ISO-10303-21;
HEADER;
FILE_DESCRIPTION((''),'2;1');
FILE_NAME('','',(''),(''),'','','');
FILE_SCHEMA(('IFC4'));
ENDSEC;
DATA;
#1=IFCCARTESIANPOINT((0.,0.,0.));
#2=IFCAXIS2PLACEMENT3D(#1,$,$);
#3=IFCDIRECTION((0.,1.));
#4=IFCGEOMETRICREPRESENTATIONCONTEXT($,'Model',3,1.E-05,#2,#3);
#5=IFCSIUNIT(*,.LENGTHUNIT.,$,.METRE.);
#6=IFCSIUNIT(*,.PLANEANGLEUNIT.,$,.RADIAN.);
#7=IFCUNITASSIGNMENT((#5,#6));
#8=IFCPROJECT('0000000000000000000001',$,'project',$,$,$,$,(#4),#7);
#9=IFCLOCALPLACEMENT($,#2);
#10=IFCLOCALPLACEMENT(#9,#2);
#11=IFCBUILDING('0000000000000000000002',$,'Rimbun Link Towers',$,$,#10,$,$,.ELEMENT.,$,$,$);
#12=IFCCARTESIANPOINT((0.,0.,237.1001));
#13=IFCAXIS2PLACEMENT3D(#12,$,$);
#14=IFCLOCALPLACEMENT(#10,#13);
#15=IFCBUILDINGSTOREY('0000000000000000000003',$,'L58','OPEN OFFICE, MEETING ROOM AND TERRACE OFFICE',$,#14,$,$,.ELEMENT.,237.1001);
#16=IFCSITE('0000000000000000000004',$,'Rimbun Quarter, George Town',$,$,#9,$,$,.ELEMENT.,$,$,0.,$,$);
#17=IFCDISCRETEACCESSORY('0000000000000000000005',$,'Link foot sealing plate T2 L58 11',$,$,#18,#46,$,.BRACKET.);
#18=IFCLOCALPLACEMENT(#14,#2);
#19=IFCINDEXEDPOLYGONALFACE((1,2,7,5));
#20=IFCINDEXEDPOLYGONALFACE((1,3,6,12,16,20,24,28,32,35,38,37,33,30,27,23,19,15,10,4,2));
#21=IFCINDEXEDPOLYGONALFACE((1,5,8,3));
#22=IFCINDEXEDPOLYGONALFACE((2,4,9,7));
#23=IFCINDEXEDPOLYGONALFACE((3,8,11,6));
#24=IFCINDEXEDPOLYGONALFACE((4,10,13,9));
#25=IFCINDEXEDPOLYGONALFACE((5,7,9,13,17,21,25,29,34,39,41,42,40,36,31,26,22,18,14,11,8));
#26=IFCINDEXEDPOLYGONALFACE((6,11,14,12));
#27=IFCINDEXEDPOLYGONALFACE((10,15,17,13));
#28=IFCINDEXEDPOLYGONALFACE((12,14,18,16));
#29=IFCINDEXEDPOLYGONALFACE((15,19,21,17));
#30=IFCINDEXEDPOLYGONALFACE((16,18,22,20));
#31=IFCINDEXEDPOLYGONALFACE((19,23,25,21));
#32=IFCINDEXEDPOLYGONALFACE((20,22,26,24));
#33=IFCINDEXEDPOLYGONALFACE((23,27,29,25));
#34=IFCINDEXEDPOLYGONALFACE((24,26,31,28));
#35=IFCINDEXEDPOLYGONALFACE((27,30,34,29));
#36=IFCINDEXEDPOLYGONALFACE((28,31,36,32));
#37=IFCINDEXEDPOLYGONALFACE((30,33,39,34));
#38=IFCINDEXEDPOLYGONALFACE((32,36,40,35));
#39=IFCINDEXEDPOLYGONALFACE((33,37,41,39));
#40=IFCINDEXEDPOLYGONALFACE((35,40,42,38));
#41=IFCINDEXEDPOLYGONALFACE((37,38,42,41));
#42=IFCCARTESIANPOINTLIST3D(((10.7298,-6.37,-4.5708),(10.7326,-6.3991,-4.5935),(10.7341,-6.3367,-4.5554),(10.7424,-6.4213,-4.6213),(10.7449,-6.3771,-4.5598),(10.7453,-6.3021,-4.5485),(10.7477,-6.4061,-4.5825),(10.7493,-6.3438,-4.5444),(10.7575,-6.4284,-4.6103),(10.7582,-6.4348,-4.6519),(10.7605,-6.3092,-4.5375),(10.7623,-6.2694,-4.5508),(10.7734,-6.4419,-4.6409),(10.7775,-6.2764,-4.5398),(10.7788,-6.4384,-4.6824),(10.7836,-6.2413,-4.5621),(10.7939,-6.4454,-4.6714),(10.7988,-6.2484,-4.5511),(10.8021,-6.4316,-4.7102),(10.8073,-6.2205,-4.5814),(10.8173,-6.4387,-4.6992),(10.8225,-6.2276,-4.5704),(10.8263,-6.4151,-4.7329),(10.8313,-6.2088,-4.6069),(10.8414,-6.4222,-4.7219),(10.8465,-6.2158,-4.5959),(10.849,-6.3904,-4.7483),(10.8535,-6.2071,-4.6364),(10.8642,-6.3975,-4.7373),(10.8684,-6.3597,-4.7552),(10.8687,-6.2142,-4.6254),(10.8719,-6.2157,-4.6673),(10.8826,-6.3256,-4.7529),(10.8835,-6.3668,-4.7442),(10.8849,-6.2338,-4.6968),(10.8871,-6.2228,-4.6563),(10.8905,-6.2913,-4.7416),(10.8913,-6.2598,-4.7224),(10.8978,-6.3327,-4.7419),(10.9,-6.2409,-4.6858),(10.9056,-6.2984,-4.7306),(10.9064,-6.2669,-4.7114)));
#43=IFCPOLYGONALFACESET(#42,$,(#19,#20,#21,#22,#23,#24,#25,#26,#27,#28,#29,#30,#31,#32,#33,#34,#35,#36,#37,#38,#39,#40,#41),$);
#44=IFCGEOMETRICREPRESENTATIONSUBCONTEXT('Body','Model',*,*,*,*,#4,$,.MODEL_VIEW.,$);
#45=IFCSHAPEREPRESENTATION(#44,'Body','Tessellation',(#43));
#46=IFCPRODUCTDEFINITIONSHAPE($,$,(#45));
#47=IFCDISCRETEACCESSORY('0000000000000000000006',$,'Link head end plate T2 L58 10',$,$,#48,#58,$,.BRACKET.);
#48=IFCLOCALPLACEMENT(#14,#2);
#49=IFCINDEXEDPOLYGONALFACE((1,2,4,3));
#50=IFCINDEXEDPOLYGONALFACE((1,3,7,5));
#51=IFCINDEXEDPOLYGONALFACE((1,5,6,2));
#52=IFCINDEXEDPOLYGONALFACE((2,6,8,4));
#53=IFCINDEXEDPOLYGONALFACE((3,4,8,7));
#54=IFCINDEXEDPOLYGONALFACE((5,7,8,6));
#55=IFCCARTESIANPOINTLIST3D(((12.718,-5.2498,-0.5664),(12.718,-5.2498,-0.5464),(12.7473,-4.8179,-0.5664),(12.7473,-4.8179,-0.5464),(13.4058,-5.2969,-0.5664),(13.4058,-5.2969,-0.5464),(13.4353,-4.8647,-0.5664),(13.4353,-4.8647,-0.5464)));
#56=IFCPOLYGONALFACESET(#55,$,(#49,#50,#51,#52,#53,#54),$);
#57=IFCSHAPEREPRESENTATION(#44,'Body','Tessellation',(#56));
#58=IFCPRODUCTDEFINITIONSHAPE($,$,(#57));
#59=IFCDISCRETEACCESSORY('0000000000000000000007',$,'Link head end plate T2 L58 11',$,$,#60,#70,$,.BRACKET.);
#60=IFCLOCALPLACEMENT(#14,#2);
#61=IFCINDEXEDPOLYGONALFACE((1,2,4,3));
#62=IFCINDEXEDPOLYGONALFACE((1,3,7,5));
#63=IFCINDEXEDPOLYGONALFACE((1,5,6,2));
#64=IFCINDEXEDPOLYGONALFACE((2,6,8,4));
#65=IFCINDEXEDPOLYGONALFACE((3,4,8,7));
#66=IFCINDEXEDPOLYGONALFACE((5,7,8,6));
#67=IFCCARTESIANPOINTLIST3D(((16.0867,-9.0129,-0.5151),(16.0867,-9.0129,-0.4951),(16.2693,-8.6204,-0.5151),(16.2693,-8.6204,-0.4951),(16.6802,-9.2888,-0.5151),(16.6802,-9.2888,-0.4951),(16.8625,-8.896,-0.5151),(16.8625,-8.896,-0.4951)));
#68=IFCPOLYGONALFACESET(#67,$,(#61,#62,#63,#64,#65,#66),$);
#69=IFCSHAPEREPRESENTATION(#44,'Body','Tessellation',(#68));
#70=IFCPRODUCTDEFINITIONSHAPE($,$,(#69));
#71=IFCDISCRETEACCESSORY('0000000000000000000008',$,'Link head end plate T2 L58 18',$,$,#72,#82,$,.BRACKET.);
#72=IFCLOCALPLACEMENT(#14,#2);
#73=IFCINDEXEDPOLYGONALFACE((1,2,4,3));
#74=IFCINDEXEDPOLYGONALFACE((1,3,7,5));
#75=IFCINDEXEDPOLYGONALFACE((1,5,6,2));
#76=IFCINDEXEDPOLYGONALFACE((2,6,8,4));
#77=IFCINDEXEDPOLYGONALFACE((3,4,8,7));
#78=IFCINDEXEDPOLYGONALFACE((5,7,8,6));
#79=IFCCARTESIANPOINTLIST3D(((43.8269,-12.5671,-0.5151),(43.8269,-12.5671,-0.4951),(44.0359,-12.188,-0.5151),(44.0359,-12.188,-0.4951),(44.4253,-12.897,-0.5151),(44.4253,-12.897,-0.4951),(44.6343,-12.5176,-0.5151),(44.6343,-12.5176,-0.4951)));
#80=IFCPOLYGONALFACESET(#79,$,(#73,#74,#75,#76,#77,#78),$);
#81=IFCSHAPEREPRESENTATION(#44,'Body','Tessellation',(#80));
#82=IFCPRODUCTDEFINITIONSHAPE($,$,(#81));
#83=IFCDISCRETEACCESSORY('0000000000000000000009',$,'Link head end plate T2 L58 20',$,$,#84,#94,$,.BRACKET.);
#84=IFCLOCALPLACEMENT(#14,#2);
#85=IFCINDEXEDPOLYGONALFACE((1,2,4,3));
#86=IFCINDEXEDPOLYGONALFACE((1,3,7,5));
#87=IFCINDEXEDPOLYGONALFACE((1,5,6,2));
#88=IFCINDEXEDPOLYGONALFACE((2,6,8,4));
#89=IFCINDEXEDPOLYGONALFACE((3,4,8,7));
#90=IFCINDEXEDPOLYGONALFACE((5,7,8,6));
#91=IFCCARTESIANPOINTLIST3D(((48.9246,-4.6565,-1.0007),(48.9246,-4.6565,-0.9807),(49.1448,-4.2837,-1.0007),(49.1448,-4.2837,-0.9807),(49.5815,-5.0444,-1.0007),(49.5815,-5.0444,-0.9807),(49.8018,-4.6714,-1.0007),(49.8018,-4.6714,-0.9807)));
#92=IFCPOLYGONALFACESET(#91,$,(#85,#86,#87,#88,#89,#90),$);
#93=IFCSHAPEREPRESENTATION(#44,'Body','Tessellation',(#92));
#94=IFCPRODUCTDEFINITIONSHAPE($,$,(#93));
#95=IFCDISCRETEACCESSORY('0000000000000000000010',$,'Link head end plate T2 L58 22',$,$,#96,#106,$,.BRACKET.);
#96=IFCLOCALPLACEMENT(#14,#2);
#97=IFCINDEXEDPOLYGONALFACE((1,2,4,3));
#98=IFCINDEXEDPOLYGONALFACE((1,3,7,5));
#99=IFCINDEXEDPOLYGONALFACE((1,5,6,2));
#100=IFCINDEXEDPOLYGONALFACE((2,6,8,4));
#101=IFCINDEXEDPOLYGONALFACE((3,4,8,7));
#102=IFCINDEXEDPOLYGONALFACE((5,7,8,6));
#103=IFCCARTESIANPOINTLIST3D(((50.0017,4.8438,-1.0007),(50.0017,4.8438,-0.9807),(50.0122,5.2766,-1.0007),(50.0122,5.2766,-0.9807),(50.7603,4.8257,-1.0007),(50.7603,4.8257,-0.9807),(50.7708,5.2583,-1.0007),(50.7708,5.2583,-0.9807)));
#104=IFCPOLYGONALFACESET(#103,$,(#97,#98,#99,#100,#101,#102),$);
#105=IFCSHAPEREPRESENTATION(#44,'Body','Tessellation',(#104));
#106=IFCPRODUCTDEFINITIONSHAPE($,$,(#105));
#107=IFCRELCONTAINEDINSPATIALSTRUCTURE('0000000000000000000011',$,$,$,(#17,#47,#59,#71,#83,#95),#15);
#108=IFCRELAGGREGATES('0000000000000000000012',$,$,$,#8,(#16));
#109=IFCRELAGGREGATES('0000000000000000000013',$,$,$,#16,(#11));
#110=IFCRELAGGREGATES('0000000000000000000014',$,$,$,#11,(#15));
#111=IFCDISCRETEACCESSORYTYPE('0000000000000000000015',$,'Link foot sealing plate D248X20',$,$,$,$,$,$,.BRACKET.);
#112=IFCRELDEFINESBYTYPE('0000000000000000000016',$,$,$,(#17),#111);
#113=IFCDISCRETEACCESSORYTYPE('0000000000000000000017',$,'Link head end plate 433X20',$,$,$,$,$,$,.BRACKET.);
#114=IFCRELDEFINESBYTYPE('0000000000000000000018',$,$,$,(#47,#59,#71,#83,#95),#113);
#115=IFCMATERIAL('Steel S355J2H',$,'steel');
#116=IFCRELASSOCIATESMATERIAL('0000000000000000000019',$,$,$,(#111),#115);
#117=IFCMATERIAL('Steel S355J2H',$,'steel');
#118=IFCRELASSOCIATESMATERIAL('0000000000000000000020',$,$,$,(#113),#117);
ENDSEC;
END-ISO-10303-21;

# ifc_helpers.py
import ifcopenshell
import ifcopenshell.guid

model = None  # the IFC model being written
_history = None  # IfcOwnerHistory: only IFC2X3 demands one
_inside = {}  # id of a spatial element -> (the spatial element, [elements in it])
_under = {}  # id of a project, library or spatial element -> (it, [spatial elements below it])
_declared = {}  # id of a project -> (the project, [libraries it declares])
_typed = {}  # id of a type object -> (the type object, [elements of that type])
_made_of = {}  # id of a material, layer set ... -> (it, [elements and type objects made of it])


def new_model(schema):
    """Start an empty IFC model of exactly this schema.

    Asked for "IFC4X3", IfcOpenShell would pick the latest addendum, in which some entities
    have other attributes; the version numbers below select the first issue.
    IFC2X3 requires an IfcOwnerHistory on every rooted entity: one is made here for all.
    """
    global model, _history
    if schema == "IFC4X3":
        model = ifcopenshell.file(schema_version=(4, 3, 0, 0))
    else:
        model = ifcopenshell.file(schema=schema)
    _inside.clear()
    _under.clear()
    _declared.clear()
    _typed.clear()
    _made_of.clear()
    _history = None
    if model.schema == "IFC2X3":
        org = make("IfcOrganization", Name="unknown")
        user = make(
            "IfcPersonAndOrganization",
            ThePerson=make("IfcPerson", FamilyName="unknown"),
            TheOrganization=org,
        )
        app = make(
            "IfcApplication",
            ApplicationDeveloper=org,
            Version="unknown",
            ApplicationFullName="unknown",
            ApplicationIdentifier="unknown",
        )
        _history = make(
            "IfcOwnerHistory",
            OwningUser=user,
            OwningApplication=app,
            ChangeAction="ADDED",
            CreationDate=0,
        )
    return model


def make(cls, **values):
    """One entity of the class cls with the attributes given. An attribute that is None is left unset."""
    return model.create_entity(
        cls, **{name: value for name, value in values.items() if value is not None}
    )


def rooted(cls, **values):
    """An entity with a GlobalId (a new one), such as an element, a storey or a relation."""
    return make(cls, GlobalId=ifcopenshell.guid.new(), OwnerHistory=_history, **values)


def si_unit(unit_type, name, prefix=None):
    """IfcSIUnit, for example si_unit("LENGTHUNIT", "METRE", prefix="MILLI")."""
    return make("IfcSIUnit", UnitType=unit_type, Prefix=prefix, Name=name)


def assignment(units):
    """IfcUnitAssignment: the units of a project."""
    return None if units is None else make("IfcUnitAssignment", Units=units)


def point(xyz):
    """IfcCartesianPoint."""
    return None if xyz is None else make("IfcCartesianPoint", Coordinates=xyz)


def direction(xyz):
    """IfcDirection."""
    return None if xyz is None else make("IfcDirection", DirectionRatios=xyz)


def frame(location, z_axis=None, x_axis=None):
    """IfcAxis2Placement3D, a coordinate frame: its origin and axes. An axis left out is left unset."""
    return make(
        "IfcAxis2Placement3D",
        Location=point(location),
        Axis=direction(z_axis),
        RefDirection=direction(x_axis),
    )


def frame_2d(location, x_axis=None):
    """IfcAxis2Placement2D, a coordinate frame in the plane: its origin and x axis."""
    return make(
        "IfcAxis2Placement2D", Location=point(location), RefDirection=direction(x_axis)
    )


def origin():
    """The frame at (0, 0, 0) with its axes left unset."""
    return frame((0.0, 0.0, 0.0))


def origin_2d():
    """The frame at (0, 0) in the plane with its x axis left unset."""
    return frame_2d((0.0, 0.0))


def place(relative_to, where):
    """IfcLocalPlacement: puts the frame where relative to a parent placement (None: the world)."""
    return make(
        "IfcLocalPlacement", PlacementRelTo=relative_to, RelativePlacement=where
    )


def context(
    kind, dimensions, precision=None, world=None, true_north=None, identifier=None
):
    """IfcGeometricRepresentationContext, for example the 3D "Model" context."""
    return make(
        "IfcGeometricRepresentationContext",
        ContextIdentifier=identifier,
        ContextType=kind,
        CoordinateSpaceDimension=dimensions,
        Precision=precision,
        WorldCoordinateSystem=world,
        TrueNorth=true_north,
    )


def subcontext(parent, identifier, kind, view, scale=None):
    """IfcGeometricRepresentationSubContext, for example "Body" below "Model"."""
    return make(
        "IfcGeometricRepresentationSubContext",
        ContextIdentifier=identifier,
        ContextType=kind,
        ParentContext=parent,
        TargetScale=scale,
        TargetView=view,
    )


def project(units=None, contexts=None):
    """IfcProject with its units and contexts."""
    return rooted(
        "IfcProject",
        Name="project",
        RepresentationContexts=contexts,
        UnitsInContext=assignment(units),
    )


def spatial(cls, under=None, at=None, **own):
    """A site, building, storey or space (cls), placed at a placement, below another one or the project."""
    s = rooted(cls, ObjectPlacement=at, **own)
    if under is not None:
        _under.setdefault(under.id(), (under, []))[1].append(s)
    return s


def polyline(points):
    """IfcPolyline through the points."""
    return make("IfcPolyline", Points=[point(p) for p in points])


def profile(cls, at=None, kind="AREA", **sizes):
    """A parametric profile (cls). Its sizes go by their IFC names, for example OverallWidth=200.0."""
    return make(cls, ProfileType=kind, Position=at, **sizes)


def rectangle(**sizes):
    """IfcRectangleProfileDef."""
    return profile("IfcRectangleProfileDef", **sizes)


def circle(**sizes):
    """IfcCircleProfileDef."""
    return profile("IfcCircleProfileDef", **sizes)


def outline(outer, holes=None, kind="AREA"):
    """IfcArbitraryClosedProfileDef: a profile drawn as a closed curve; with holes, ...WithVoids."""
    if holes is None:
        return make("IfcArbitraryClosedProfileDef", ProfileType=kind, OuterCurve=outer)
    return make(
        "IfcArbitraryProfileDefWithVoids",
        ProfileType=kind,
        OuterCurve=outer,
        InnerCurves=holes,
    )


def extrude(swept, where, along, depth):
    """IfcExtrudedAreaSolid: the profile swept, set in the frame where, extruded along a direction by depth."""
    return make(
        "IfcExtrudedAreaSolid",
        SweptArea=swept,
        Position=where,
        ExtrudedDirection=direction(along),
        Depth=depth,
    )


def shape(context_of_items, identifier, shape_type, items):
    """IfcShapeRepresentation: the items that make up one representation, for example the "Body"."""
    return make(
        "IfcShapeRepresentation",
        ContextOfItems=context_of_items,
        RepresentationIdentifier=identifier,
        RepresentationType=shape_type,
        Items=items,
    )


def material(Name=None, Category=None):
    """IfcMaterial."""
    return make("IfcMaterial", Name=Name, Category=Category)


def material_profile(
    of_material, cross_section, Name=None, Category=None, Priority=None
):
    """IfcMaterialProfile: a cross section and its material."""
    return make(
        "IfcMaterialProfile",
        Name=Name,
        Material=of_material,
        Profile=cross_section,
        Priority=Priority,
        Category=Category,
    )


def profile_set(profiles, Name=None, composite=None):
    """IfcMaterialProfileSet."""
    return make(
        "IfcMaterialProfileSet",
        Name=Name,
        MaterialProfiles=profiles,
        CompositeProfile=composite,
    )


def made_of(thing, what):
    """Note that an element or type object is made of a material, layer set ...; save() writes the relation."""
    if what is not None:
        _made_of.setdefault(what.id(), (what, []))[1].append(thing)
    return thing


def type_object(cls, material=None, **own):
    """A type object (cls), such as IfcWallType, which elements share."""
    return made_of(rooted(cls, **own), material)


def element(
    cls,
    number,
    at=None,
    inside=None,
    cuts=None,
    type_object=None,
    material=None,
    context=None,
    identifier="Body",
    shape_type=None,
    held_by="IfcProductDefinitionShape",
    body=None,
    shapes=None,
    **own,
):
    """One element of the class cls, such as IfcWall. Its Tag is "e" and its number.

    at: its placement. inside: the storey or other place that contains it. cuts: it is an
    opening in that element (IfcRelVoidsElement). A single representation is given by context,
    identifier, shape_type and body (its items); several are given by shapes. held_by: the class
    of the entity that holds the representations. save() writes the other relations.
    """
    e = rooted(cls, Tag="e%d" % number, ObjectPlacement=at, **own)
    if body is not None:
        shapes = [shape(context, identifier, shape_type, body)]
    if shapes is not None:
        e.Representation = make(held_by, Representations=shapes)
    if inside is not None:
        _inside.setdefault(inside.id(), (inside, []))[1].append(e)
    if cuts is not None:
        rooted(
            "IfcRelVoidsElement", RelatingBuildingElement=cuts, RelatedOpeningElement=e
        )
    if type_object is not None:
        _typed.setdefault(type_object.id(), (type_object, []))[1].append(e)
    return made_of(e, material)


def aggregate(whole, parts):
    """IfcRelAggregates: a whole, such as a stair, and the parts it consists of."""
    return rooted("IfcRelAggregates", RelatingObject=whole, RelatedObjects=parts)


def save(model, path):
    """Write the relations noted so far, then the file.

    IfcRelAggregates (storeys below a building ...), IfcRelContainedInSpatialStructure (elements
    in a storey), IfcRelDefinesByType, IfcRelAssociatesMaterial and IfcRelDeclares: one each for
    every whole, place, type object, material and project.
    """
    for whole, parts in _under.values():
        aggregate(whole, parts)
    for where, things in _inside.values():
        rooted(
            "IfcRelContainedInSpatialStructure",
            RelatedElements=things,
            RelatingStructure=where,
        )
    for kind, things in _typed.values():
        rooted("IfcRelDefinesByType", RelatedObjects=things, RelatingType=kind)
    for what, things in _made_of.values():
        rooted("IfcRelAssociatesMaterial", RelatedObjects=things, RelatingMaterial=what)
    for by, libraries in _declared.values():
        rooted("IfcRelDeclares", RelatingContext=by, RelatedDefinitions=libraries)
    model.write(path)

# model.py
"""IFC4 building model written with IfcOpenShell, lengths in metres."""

from ifc_helpers import new_model, si_unit, direction, frame, origin, origin_2d, place, context, subcontext, project, spatial, polyline, rectangle, circle, outline, extrude, material, material_profile, profile_set, type_object, element, save


model = new_model("IFC4")

# Units and contexts
model_context = context("Model", 3, precision=1e-05, world=origin(), true_north=direction((0.0, 1.0)))
body_context = subcontext(model_context, "Body", "Model", "MODEL_VIEW")
ifc_project = project(units=[si_unit("LENGTHUNIT", "METRE"), si_unit("PLANEANGLEUNIT", "RADIAN")], contexts=[model_context])

# Site, building, storey
site_placement = place(None, origin())
site = spatial("IfcSite", under=ifc_project, at=site_placement, Name="Rimbun Quarter, George Town", CompositionType="ELEMENT", RefElevation=0.0)
building_placement = place(site_placement, origin())
building = spatial("IfcBuilding", under=site, at=building_placement, Name="Rimbun Link Towers", CompositionType="ELEMENT")
storey_placement = place(building_placement, frame((0.0, 0.0, 237.1001)))
storey = spatial("IfcBuildingStorey", under=building, at=storey_placement, Name="L58", Description="OPEN OFFICE, MEETING ROOM AND TERRACE OFFICE", CompositionType="ELEMENT", Elevation=237.1001)

# Discrete accessories
ifc_material_1 = material(Name="Steel S355J2H", Category="steel")
ifc_material_profile_1 = material_profile(ifc_material_1, circle(Radius=0.124, at=origin_2d()), Name="PL D248")
ifc_profile_set_1 = profile_set([ifc_material_profile_1], Name="Steel S355J2H")
discrete_accessory_type_1 = type_object("IfcDiscreteAccessoryType", Name="Link foot sealing plate D248X20", PredefinedType="BRACKET", material=ifc_profile_set_1)
for number, where, z_axis, x_axis, name in (
    (1, (10.8259, -6.3296, -4.6409), (-0.756886, 0.354027, -0.549353), (-0.423685, -0.90581, 0.0), "Link foot sealing plate T2 L58 11"),
):
    element("IfcDiscreteAccessory", number, at=place(storey_placement, frame(where, z_axis=z_axis, x_axis=x_axis)), inside=storey, type_object=discrete_accessory_type_1, Name=name, PredefinedType="BRACKET", context=body_context, shape_type="SweptSolid", body=[
        extrude(circle(Radius=0.124, at=origin_2d()), origin(), (0.0, 0.0, 1.0), 0.02),
    ])
ifc_material_2 = material(Name="Steel S355J2H", Category="steel")
ifc_material_profile_2 = material_profile(ifc_material_2, rectangle(XDim=0.4331, YDim=0.4331, at=origin_2d()), Name="PL 433x433")
ifc_profile_set_2 = profile_set([ifc_material_profile_2], Name="Steel S355J2H")
discrete_accessory_type_2 = type_object("IfcDiscreteAccessoryType", Name="Link head end plate 433X20", PredefinedType="BRACKET", material=ifc_profile_set_2)
discrete_accessory_1_placement = place(storey_placement, frame((0.0, 0.0, -0.5664)))
element("IfcDiscreteAccessory", 2, at=discrete_accessory_1_placement, inside=storey, type_object=discrete_accessory_type_2, Name="Link head end plate T2 L58 10", PredefinedType="BRACKET", context=body_context, shape_type="SweptSolid", body=[
    extrude(outline(polyline([(13.4353, -4.8647), (12.7473, -4.8179), (12.718, -5.2498), (13.4058, -5.2969), (13.4353, -4.8647)])), origin(), (0.0, 0.0, 1.0), 0.02),
])
discrete_accessory_2_placement = place(storey_placement, frame((0.0, 0.0, -0.5151)))
element("IfcDiscreteAccessory", 3, at=discrete_accessory_2_placement, inside=storey, type_object=discrete_accessory_type_2, Name="Link head end plate T2 L58 11", PredefinedType="BRACKET", context=body_context, shape_type="SweptSolid", body=[
    extrude(outline(polyline([(16.8625, -8.896), (16.2693, -8.6204), (16.0867, -9.0129), (16.6802, -9.2888), (16.8625, -8.896)])), origin(), (0.0, 0.0, 1.0), 0.02),
])
discrete_accessory_3_placement = place(storey_placement, frame((0.0, 0.0, -0.5151)))
element("IfcDiscreteAccessory", 4, at=discrete_accessory_3_placement, inside=storey, type_object=discrete_accessory_type_2, Name="Link head end plate T2 L58 18", PredefinedType="BRACKET", context=body_context, shape_type="SweptSolid", body=[
    extrude(outline(polyline([(43.8269, -12.5671), (44.4253, -12.897), (44.6343, -12.5176), (44.0359, -12.188), (43.8269, -12.5671)])), origin(), (0.0, 0.0, 1.0), 0.02),
])
discrete_accessory_4_placement = place(storey_placement, frame((0.0, 0.0, -1.0007)))
element("IfcDiscreteAccessory", 5, at=discrete_accessory_4_placement, inside=storey, type_object=discrete_accessory_type_2, Name="Link head end plate T2 L58 20", PredefinedType="BRACKET", context=body_context, shape_type="SweptSolid", body=[
    extrude(outline(polyline([(48.9246, -4.6565), (49.5815, -5.0444), (49.8018, -4.6714), (49.1448, -4.2837), (48.9246, -4.6565)])), origin(), (0.0, 0.0, 1.0), 0.02),
])
discrete_accessory_5_placement = place(storey_placement, frame((0.0, 0.0, -1.0007)))
element("IfcDiscreteAccessory", 6, at=discrete_accessory_5_placement, inside=storey, type_object=discrete_accessory_type_2, Name="Link head end plate T2 L58 22", PredefinedType="BRACKET", context=body_context, shape_type="SweptSolid", body=[
    extrude(outline(polyline([(50.0017, 4.8438), (50.7603, 4.8257), (50.7708, 5.2583), (50.0122, 5.2766), (50.0017, 4.8438)])), origin(), (0.0, 0.0, 1.0), 0.02),
])

save(model, "model.ifc")
